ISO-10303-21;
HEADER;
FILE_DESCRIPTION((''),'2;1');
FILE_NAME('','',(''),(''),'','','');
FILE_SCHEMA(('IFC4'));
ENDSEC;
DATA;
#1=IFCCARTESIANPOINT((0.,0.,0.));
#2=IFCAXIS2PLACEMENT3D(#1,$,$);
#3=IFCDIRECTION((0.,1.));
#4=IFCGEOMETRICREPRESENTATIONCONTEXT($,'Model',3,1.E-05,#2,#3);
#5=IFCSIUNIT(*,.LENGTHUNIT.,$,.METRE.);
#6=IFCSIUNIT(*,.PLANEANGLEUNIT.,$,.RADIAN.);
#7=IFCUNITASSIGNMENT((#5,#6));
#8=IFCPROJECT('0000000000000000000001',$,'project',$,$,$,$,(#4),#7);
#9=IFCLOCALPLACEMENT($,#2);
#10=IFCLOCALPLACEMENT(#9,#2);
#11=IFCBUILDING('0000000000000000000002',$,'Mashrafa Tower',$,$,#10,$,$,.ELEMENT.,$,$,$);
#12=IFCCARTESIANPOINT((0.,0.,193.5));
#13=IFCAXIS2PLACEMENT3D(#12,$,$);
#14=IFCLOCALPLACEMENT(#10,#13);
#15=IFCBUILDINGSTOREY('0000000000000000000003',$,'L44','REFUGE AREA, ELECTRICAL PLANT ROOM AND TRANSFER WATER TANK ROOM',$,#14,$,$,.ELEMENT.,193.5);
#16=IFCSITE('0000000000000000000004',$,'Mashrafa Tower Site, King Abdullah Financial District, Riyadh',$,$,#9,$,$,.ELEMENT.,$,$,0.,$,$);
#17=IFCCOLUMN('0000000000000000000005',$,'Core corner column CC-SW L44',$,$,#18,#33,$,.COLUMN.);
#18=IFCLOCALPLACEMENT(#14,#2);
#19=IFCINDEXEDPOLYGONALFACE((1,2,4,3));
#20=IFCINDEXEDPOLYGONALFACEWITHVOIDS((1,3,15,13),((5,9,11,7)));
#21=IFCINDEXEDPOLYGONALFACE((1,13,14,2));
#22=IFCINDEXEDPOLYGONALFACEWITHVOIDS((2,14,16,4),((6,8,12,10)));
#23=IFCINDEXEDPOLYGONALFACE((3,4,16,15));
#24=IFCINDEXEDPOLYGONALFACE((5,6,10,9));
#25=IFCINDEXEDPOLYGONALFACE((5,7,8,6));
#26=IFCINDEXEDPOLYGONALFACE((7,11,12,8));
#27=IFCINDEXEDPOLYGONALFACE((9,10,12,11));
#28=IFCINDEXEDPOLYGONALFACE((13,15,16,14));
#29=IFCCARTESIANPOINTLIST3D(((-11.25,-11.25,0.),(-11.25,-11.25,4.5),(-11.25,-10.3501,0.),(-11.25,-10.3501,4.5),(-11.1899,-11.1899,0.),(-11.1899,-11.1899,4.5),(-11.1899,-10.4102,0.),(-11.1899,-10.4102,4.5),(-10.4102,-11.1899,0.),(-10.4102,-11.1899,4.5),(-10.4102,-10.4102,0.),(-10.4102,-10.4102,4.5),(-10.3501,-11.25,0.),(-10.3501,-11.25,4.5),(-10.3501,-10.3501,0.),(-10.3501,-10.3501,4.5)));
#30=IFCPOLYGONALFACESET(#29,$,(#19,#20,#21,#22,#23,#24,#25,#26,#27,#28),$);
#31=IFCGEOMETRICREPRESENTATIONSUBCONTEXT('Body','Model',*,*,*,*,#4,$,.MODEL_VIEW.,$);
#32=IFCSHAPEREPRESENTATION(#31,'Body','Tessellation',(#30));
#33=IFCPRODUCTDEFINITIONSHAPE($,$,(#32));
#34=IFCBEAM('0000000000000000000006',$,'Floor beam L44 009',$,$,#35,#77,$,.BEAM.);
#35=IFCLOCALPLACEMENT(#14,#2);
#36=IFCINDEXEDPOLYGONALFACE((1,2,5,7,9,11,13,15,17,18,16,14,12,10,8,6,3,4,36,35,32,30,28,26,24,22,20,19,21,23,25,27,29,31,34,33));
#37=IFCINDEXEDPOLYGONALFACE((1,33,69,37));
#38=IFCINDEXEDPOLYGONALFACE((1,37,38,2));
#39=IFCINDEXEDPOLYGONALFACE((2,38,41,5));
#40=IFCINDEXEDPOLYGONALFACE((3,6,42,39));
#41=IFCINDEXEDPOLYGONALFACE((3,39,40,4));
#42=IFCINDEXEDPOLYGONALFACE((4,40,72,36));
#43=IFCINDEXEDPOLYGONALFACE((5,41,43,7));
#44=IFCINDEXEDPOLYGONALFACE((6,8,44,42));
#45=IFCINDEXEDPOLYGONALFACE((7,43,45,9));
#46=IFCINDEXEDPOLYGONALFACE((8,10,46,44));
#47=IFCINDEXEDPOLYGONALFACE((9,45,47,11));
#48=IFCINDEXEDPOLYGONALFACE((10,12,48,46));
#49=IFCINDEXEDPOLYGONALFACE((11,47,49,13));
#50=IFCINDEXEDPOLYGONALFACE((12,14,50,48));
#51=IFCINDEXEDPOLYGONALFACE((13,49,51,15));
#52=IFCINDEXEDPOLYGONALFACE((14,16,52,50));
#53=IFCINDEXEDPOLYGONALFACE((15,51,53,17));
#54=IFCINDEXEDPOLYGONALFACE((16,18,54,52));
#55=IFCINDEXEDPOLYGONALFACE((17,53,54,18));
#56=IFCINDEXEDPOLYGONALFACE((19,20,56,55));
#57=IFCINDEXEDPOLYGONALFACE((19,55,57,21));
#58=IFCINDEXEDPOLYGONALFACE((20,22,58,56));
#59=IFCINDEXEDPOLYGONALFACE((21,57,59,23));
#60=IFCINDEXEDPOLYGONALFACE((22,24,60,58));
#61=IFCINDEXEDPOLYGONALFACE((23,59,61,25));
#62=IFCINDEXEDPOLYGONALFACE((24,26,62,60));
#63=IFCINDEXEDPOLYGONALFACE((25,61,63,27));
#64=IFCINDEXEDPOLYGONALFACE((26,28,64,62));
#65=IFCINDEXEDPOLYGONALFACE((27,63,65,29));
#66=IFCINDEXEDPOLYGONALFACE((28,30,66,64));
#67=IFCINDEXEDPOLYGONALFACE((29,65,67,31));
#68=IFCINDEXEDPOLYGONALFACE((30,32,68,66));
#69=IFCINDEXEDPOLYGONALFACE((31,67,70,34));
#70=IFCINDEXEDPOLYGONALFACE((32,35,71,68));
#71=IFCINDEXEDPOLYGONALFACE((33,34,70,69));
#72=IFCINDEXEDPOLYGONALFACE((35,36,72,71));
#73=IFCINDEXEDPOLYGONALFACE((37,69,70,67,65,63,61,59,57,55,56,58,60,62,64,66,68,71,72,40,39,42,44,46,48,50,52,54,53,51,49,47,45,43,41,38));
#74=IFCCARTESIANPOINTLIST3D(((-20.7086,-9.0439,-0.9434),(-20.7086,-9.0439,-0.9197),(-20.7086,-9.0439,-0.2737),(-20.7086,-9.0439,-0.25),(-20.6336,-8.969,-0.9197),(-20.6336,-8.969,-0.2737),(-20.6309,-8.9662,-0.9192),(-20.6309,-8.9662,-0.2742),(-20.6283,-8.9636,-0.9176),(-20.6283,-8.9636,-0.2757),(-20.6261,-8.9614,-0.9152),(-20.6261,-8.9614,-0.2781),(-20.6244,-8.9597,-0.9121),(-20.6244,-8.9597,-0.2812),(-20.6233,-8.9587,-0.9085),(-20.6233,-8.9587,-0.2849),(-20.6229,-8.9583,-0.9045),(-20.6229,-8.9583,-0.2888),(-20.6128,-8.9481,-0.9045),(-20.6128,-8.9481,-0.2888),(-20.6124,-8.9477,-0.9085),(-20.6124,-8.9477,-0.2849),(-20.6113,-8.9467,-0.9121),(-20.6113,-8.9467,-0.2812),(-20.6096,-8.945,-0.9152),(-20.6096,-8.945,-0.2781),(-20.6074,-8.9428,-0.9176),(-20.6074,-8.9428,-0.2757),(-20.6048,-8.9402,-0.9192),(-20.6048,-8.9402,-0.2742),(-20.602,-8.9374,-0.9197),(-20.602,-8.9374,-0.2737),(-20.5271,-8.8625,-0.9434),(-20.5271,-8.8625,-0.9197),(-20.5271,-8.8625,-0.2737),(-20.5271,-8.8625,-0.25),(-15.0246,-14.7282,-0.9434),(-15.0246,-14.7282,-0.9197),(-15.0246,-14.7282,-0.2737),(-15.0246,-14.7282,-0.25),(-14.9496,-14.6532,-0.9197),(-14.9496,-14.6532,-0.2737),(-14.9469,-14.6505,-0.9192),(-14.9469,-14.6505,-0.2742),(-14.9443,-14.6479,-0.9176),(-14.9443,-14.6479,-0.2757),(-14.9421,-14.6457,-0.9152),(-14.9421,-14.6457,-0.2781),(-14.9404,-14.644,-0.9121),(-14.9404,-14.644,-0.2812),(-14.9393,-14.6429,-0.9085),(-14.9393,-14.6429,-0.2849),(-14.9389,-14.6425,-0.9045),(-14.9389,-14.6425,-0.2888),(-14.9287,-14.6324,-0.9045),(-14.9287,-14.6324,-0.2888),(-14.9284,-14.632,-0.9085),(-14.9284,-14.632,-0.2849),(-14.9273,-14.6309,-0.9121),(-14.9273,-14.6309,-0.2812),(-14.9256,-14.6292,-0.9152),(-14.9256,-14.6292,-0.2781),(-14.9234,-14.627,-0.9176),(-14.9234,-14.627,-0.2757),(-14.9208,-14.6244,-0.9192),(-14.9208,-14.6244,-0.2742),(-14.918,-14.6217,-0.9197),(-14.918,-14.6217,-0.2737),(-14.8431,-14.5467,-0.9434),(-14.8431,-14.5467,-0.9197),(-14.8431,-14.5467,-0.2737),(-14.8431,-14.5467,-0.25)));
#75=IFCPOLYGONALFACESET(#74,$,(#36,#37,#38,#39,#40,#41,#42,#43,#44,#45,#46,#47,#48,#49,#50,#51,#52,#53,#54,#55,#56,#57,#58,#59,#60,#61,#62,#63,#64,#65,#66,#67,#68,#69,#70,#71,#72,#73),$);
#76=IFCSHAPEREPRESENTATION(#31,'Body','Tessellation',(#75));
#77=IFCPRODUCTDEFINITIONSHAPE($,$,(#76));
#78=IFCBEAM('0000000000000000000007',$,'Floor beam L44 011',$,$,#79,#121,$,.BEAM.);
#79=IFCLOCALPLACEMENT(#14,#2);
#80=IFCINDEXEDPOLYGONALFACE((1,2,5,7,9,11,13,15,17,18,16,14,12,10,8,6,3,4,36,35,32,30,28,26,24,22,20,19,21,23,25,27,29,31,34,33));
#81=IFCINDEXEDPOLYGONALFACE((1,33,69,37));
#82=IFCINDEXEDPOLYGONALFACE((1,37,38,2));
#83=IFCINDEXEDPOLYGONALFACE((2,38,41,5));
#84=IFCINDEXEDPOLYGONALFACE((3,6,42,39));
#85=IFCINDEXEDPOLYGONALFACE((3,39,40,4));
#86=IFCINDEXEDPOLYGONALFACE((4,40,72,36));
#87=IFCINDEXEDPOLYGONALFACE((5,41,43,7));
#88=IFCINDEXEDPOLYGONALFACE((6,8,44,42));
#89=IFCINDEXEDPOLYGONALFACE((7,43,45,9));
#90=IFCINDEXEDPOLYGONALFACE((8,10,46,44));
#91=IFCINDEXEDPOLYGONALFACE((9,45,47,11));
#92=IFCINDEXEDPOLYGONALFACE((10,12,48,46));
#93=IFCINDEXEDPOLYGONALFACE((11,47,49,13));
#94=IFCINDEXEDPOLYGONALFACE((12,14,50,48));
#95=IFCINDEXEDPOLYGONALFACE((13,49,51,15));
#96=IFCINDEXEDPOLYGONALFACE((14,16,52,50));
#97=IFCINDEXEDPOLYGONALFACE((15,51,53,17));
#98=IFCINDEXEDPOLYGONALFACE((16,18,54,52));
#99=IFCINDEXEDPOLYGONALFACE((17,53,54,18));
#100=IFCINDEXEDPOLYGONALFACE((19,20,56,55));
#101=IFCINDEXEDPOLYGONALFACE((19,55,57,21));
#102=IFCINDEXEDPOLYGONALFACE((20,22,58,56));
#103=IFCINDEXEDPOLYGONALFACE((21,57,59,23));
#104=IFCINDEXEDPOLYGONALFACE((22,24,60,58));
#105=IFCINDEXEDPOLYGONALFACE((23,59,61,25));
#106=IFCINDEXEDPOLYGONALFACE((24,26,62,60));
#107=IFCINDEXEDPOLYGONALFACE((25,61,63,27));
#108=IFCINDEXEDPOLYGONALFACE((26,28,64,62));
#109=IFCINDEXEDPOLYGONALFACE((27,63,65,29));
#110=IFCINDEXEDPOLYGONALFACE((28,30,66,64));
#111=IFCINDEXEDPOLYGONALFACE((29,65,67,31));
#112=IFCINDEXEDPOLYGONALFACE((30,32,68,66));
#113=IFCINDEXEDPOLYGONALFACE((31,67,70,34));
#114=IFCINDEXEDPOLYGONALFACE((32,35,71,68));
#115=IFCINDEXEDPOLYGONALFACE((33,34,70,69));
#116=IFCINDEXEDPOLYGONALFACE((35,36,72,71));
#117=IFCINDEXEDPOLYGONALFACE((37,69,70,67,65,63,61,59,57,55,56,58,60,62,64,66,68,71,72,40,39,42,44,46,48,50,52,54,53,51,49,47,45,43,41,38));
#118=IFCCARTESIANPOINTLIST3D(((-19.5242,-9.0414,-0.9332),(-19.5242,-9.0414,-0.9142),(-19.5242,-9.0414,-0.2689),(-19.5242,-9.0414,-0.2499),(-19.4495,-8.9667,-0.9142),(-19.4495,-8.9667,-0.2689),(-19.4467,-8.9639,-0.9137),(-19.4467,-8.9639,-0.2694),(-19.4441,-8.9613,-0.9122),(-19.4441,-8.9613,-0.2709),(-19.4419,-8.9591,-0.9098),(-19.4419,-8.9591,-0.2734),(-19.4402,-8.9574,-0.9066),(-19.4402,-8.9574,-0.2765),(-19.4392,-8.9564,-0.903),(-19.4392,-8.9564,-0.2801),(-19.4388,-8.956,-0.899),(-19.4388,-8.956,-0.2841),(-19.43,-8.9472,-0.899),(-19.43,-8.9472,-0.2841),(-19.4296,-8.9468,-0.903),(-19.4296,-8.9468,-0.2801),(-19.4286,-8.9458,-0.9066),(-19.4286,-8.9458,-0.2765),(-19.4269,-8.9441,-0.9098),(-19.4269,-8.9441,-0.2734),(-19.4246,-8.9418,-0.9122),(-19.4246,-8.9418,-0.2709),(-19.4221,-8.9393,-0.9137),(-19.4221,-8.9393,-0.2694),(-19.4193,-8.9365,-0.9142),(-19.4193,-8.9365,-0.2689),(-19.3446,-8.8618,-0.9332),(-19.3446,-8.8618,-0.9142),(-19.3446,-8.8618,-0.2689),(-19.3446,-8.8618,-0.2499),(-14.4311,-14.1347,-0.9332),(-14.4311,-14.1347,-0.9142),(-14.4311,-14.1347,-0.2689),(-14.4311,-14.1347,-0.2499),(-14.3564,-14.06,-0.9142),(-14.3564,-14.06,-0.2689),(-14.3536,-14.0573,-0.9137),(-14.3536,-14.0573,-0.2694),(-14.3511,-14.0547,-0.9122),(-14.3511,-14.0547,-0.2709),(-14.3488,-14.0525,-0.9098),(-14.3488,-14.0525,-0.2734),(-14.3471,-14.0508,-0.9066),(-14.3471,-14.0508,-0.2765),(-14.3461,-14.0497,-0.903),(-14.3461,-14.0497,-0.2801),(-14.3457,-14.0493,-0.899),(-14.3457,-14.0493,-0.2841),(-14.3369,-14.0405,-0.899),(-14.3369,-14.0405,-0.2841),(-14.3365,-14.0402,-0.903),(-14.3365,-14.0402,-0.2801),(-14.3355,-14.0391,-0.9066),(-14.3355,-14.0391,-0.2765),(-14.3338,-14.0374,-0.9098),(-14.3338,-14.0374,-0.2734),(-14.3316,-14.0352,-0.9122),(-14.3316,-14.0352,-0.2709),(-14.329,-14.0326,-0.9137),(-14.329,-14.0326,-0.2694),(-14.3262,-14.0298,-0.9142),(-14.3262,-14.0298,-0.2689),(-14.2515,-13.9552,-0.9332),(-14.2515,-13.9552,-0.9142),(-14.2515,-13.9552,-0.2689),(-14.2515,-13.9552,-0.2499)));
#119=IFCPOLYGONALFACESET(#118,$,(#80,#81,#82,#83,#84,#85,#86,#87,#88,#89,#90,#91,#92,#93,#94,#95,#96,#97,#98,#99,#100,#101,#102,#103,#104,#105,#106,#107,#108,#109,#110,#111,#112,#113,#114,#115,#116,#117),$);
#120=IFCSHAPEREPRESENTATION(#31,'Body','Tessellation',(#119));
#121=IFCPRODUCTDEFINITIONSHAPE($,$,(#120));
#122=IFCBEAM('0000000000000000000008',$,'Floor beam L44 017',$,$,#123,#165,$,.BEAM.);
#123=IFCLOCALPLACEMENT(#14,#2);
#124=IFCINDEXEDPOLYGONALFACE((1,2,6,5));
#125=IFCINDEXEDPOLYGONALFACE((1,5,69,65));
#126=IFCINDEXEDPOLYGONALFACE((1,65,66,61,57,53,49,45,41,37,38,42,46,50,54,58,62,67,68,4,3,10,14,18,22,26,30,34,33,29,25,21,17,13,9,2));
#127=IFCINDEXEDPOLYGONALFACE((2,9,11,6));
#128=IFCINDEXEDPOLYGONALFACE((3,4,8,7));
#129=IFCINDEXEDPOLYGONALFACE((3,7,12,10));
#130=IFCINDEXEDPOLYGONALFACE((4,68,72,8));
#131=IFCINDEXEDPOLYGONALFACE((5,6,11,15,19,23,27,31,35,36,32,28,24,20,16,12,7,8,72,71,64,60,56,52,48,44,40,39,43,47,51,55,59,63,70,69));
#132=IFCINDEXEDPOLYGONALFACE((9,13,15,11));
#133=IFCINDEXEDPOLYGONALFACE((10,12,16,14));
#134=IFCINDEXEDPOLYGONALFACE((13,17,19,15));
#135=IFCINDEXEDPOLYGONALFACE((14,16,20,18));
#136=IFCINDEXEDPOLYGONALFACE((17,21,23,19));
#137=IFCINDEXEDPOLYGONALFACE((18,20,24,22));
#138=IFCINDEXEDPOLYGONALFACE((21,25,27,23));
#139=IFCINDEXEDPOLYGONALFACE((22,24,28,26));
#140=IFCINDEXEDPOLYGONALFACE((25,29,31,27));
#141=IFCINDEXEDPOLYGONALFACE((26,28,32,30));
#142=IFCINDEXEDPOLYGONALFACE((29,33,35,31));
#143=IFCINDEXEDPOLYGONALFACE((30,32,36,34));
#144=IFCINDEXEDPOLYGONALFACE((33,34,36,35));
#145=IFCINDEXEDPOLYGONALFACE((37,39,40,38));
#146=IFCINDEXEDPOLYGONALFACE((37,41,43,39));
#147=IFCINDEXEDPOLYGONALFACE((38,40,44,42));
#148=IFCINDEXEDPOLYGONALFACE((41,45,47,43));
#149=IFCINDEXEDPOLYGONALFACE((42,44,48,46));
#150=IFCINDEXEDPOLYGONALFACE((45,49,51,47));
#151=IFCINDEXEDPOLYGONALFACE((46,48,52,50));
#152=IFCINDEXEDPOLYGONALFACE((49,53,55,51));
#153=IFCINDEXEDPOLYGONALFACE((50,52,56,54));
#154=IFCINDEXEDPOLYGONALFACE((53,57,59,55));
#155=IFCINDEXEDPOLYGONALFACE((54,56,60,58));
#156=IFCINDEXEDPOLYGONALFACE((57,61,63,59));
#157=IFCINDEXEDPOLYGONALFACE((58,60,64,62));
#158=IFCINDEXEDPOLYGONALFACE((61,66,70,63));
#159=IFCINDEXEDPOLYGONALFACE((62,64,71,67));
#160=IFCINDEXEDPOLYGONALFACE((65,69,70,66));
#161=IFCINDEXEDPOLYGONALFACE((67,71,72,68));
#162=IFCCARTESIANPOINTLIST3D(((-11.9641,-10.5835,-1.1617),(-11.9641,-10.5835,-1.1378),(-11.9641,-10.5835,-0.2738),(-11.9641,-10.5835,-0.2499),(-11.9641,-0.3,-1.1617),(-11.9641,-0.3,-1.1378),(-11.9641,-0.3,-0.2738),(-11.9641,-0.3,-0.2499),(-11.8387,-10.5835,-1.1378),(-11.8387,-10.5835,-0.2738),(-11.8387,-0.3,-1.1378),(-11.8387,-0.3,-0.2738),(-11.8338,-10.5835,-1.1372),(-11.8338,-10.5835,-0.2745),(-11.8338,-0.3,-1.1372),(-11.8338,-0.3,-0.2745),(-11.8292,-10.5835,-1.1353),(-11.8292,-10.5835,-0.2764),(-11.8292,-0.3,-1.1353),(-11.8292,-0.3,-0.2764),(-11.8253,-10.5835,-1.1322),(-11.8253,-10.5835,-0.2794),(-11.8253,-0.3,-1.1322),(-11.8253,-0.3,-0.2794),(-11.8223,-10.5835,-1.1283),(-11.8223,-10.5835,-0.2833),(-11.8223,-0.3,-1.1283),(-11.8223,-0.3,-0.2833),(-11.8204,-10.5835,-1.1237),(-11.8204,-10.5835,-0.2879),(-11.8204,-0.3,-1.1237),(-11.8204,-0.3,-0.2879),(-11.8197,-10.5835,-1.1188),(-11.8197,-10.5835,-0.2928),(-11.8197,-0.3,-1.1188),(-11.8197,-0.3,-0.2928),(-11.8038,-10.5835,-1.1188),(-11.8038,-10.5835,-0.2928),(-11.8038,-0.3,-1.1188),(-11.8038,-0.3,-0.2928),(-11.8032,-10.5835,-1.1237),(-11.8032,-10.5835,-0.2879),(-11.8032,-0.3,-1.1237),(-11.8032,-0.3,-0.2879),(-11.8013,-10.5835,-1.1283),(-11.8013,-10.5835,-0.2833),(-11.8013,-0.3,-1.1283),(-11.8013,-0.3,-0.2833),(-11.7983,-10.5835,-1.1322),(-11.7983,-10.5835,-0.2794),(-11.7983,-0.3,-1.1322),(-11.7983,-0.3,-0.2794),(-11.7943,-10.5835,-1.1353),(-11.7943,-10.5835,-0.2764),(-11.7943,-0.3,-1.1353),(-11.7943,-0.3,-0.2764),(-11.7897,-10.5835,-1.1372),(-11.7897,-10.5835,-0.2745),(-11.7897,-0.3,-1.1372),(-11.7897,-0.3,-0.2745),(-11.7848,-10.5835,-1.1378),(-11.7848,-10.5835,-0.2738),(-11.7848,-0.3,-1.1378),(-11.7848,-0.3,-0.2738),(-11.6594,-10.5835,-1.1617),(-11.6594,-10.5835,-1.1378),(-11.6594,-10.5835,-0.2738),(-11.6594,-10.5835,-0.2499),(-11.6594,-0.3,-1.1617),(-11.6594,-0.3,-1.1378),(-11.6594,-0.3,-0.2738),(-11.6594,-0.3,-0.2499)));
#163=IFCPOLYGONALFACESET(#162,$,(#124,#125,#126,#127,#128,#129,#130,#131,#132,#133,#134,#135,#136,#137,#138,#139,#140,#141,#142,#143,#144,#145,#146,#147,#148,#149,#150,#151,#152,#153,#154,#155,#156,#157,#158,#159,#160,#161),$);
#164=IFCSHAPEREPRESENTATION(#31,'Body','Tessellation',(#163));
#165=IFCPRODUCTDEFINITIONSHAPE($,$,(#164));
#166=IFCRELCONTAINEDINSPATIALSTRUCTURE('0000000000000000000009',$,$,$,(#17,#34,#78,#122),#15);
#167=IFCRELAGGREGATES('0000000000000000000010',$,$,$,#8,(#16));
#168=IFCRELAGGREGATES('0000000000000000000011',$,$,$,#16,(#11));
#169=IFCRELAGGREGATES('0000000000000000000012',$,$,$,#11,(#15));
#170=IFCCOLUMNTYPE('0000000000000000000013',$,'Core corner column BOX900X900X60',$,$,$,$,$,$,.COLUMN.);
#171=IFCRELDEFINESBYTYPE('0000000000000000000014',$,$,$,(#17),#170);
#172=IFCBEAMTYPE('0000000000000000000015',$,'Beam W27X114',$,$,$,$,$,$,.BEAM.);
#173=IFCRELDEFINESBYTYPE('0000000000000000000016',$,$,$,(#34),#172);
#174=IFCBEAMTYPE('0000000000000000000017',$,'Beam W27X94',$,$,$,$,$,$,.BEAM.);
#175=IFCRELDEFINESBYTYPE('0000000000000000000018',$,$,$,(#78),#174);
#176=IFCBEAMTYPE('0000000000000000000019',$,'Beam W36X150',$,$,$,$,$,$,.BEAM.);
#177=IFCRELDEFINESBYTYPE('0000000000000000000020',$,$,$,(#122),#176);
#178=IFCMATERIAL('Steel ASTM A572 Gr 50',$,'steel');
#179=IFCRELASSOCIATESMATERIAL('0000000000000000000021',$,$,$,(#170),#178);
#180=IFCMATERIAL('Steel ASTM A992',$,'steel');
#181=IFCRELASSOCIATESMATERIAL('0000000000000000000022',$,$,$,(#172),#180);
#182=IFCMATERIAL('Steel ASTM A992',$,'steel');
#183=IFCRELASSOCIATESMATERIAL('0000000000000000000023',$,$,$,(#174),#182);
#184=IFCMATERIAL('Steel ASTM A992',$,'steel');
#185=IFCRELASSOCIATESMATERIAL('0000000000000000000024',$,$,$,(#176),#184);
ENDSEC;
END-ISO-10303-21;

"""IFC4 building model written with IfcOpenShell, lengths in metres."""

from ifc_helpers import new_model, si_unit, direction, frame, origin, origin_2d, place, context, subcontext, project, spatial, hollow_rectangle, i_section, extrude, material, material_profile, profile_set, type_object, element, save


model = new_model("IFC4")

# Units and contexts
model_context = context("Model", 3, precision=1e-05, world=origin(), true_north=direction((0.0, 1.0)))
body_context = subcontext(model_context, "Body", "Model", "MODEL_VIEW")
ifc_project = project(units=[si_unit("LENGTHUNIT", "METRE"), si_unit("PLANEANGLEUNIT", "RADIAN")], contexts=[model_context])

# Site, building, storey
site_placement = place(None, origin())
site = spatial("IfcSite", under=ifc_project, at=site_placement, Name="Mashrafa Tower Site, King Abdullah Financial District, Riyadh", CompositionType="ELEMENT", RefElevation=0.0)
building_placement = place(site_placement, origin())
building = spatial("IfcBuilding", under=site, at=building_placement, Name="Mashrafa Tower", CompositionType="ELEMENT")
storey_placement = place(building_placement, frame((0.0, 0.0, 193.5)))
storey = spatial("IfcBuildingStorey", under=building, at=storey_placement, Name="L44", Description="REFUGE AREA, ELECTRICAL PLANT ROOM AND TRANSFER WATER TANK ROOM", CompositionType="ELEMENT", Elevation=193.5)

# Column
ifc_material_1 = material(Name="Steel ASTM A572 Gr 50", Category="steel")
ifc_material_profile_1 = material_profile(ifc_material_1, hollow_rectangle(XDim=0.8999, YDim=0.8999, WallThickness=0.0601, at=origin_2d()), Name="BOX900X900X60")
ifc_profile_set_1 = profile_set([ifc_material_profile_1], Name="Steel ASTM A572 Gr 50")
column_type = type_object("IfcColumnType", Name="Core corner column BOX900X900X60", PredefinedType="COLUMN", material=ifc_profile_set_1)
column_placement = place(storey_placement, frame((-10.8, -10.8, 0.0), z_axis=(0.0, 0.0, 1.0), x_axis=(1.0, 0.0, 0.0)))
element("IfcColumn", 1, at=column_placement, inside=storey, type_object=column_type, Name="Core corner column CC-SW L44", PredefinedType="COLUMN", context=body_context, shape_type="SweptSolid", body=[
    extrude(hollow_rectangle(XDim=0.8999, YDim=0.8999, WallThickness=0.0601, at=origin_2d()), origin(), (0.0, 0.0, 1.0), 4.5),
])

# Beams
ifc_material_2 = material(Name="Steel ASTM A992", Category="steel")
ifc_material_profile_2 = material_profile(ifc_material_2, i_section(OverallWidth=0.2566, OverallDepth=0.6934, WebThickness=0.0144, FlangeThickness=0.0237, FilletRadius=0.0151, at=origin_2d()), Name="W27X114")
ifc_profile_set_2 = profile_set([ifc_material_profile_2], Name="Steel ASTM A992")
beam_type_1 = type_object("IfcBeamType", Name="Beam W27X114", PredefinedType="BEAM", material=ifc_profile_set_2)
beam_1_placement = place(storey_placement, frame((-14.9338, -14.6375, -0.5967), z_axis=(-0.707092, 0.707122, 0.0), x_axis=(-0.707122, -0.707092, 0.0)))
element("IfcBeam", 2, at=beam_1_placement, inside=storey, type_object=beam_type_1, Name="Floor beam L44 009", PredefinedType="BEAM", context=body_context, shape_type="SweptSolid", body=[
    extrude(i_section(OverallWidth=0.2566, OverallDepth=0.6934, WebThickness=0.0144, FlangeThickness=0.0237, FilletRadius=0.0151, at=origin_2d()), origin(), (0.0, 0.0, 1.0), 8.0386),
])
ifc_material_3 = material(Name="Steel ASTM A992", Category="steel")
ifc_material_profile_3 = material_profile(ifc_material_3, i_section(OverallWidth=0.2539, OverallDepth=0.6833, WebThickness=0.0125, FlangeThickness=0.019, FilletRadius=0.0151, at=origin_2d()), Name="W27X94")
ifc_profile_set_3 = profile_set([ifc_material_profile_3], Name="Steel ASTM A992")
beam_type_2 = type_object("IfcBeamType", Name="Beam W27X94", PredefinedType="BEAM", material=ifc_profile_set_3)
beam_2_placement = place(storey_placement, frame((-14.3413, -14.0449, -0.5916), z_axis=(-0.70709, 0.707124, 0.0), x_axis=(-0.707124, -0.70709, 0.0)))
element("IfcBeam", 3, at=beam_2_placement, inside=storey, type_object=beam_type_2, Name="Floor beam L44 011", PredefinedType="BEAM", context=body_context, shape_type="SweptSolid", body=[
    extrude(i_section(OverallWidth=0.2539, OverallDepth=0.6833, WebThickness=0.0125, FlangeThickness=0.019, FilletRadius=0.0151, at=origin_2d()), origin(), (0.0, 0.0, 1.0), 7.2029),
])
ifc_material_4 = material(Name="Steel ASTM A992", Category="steel")
ifc_material_profile_4 = material_profile(ifc_material_4, i_section(OverallWidth=0.3047, OverallDepth=0.9119, WebThickness=0.0159, FlangeThickness=0.0239, FilletRadius=0.019, at=origin_2d()), Name="W36X150")
ifc_profile_set_4 = profile_set([ifc_material_profile_4], Name="Steel ASTM A992")
beam_type_3 = type_object("IfcBeamType", Name="Beam W36X150", PredefinedType="BEAM", material=ifc_profile_set_4)
beam_3_placement = place(storey_placement, frame((-11.8118, -10.5835, -0.7058), z_axis=(0.0, 1.0, 0.0), x_axis=(-1.0, 0.0, 0.0)))
element("IfcBeam", 4, at=beam_3_placement, inside=storey, type_object=beam_type_3, Name="Floor beam L44 017", PredefinedType="BEAM", context=body_context, shape_type="SweptSolid", body=[
    extrude(i_section(OverallWidth=0.3047, OverallDepth=0.9119, WebThickness=0.0159, FlangeThickness=0.0239, FilletRadius=0.019, at=origin_2d()), origin(), (0.0, 0.0, 1.0), 10.2834),
])

save(model, "model.ifc")
